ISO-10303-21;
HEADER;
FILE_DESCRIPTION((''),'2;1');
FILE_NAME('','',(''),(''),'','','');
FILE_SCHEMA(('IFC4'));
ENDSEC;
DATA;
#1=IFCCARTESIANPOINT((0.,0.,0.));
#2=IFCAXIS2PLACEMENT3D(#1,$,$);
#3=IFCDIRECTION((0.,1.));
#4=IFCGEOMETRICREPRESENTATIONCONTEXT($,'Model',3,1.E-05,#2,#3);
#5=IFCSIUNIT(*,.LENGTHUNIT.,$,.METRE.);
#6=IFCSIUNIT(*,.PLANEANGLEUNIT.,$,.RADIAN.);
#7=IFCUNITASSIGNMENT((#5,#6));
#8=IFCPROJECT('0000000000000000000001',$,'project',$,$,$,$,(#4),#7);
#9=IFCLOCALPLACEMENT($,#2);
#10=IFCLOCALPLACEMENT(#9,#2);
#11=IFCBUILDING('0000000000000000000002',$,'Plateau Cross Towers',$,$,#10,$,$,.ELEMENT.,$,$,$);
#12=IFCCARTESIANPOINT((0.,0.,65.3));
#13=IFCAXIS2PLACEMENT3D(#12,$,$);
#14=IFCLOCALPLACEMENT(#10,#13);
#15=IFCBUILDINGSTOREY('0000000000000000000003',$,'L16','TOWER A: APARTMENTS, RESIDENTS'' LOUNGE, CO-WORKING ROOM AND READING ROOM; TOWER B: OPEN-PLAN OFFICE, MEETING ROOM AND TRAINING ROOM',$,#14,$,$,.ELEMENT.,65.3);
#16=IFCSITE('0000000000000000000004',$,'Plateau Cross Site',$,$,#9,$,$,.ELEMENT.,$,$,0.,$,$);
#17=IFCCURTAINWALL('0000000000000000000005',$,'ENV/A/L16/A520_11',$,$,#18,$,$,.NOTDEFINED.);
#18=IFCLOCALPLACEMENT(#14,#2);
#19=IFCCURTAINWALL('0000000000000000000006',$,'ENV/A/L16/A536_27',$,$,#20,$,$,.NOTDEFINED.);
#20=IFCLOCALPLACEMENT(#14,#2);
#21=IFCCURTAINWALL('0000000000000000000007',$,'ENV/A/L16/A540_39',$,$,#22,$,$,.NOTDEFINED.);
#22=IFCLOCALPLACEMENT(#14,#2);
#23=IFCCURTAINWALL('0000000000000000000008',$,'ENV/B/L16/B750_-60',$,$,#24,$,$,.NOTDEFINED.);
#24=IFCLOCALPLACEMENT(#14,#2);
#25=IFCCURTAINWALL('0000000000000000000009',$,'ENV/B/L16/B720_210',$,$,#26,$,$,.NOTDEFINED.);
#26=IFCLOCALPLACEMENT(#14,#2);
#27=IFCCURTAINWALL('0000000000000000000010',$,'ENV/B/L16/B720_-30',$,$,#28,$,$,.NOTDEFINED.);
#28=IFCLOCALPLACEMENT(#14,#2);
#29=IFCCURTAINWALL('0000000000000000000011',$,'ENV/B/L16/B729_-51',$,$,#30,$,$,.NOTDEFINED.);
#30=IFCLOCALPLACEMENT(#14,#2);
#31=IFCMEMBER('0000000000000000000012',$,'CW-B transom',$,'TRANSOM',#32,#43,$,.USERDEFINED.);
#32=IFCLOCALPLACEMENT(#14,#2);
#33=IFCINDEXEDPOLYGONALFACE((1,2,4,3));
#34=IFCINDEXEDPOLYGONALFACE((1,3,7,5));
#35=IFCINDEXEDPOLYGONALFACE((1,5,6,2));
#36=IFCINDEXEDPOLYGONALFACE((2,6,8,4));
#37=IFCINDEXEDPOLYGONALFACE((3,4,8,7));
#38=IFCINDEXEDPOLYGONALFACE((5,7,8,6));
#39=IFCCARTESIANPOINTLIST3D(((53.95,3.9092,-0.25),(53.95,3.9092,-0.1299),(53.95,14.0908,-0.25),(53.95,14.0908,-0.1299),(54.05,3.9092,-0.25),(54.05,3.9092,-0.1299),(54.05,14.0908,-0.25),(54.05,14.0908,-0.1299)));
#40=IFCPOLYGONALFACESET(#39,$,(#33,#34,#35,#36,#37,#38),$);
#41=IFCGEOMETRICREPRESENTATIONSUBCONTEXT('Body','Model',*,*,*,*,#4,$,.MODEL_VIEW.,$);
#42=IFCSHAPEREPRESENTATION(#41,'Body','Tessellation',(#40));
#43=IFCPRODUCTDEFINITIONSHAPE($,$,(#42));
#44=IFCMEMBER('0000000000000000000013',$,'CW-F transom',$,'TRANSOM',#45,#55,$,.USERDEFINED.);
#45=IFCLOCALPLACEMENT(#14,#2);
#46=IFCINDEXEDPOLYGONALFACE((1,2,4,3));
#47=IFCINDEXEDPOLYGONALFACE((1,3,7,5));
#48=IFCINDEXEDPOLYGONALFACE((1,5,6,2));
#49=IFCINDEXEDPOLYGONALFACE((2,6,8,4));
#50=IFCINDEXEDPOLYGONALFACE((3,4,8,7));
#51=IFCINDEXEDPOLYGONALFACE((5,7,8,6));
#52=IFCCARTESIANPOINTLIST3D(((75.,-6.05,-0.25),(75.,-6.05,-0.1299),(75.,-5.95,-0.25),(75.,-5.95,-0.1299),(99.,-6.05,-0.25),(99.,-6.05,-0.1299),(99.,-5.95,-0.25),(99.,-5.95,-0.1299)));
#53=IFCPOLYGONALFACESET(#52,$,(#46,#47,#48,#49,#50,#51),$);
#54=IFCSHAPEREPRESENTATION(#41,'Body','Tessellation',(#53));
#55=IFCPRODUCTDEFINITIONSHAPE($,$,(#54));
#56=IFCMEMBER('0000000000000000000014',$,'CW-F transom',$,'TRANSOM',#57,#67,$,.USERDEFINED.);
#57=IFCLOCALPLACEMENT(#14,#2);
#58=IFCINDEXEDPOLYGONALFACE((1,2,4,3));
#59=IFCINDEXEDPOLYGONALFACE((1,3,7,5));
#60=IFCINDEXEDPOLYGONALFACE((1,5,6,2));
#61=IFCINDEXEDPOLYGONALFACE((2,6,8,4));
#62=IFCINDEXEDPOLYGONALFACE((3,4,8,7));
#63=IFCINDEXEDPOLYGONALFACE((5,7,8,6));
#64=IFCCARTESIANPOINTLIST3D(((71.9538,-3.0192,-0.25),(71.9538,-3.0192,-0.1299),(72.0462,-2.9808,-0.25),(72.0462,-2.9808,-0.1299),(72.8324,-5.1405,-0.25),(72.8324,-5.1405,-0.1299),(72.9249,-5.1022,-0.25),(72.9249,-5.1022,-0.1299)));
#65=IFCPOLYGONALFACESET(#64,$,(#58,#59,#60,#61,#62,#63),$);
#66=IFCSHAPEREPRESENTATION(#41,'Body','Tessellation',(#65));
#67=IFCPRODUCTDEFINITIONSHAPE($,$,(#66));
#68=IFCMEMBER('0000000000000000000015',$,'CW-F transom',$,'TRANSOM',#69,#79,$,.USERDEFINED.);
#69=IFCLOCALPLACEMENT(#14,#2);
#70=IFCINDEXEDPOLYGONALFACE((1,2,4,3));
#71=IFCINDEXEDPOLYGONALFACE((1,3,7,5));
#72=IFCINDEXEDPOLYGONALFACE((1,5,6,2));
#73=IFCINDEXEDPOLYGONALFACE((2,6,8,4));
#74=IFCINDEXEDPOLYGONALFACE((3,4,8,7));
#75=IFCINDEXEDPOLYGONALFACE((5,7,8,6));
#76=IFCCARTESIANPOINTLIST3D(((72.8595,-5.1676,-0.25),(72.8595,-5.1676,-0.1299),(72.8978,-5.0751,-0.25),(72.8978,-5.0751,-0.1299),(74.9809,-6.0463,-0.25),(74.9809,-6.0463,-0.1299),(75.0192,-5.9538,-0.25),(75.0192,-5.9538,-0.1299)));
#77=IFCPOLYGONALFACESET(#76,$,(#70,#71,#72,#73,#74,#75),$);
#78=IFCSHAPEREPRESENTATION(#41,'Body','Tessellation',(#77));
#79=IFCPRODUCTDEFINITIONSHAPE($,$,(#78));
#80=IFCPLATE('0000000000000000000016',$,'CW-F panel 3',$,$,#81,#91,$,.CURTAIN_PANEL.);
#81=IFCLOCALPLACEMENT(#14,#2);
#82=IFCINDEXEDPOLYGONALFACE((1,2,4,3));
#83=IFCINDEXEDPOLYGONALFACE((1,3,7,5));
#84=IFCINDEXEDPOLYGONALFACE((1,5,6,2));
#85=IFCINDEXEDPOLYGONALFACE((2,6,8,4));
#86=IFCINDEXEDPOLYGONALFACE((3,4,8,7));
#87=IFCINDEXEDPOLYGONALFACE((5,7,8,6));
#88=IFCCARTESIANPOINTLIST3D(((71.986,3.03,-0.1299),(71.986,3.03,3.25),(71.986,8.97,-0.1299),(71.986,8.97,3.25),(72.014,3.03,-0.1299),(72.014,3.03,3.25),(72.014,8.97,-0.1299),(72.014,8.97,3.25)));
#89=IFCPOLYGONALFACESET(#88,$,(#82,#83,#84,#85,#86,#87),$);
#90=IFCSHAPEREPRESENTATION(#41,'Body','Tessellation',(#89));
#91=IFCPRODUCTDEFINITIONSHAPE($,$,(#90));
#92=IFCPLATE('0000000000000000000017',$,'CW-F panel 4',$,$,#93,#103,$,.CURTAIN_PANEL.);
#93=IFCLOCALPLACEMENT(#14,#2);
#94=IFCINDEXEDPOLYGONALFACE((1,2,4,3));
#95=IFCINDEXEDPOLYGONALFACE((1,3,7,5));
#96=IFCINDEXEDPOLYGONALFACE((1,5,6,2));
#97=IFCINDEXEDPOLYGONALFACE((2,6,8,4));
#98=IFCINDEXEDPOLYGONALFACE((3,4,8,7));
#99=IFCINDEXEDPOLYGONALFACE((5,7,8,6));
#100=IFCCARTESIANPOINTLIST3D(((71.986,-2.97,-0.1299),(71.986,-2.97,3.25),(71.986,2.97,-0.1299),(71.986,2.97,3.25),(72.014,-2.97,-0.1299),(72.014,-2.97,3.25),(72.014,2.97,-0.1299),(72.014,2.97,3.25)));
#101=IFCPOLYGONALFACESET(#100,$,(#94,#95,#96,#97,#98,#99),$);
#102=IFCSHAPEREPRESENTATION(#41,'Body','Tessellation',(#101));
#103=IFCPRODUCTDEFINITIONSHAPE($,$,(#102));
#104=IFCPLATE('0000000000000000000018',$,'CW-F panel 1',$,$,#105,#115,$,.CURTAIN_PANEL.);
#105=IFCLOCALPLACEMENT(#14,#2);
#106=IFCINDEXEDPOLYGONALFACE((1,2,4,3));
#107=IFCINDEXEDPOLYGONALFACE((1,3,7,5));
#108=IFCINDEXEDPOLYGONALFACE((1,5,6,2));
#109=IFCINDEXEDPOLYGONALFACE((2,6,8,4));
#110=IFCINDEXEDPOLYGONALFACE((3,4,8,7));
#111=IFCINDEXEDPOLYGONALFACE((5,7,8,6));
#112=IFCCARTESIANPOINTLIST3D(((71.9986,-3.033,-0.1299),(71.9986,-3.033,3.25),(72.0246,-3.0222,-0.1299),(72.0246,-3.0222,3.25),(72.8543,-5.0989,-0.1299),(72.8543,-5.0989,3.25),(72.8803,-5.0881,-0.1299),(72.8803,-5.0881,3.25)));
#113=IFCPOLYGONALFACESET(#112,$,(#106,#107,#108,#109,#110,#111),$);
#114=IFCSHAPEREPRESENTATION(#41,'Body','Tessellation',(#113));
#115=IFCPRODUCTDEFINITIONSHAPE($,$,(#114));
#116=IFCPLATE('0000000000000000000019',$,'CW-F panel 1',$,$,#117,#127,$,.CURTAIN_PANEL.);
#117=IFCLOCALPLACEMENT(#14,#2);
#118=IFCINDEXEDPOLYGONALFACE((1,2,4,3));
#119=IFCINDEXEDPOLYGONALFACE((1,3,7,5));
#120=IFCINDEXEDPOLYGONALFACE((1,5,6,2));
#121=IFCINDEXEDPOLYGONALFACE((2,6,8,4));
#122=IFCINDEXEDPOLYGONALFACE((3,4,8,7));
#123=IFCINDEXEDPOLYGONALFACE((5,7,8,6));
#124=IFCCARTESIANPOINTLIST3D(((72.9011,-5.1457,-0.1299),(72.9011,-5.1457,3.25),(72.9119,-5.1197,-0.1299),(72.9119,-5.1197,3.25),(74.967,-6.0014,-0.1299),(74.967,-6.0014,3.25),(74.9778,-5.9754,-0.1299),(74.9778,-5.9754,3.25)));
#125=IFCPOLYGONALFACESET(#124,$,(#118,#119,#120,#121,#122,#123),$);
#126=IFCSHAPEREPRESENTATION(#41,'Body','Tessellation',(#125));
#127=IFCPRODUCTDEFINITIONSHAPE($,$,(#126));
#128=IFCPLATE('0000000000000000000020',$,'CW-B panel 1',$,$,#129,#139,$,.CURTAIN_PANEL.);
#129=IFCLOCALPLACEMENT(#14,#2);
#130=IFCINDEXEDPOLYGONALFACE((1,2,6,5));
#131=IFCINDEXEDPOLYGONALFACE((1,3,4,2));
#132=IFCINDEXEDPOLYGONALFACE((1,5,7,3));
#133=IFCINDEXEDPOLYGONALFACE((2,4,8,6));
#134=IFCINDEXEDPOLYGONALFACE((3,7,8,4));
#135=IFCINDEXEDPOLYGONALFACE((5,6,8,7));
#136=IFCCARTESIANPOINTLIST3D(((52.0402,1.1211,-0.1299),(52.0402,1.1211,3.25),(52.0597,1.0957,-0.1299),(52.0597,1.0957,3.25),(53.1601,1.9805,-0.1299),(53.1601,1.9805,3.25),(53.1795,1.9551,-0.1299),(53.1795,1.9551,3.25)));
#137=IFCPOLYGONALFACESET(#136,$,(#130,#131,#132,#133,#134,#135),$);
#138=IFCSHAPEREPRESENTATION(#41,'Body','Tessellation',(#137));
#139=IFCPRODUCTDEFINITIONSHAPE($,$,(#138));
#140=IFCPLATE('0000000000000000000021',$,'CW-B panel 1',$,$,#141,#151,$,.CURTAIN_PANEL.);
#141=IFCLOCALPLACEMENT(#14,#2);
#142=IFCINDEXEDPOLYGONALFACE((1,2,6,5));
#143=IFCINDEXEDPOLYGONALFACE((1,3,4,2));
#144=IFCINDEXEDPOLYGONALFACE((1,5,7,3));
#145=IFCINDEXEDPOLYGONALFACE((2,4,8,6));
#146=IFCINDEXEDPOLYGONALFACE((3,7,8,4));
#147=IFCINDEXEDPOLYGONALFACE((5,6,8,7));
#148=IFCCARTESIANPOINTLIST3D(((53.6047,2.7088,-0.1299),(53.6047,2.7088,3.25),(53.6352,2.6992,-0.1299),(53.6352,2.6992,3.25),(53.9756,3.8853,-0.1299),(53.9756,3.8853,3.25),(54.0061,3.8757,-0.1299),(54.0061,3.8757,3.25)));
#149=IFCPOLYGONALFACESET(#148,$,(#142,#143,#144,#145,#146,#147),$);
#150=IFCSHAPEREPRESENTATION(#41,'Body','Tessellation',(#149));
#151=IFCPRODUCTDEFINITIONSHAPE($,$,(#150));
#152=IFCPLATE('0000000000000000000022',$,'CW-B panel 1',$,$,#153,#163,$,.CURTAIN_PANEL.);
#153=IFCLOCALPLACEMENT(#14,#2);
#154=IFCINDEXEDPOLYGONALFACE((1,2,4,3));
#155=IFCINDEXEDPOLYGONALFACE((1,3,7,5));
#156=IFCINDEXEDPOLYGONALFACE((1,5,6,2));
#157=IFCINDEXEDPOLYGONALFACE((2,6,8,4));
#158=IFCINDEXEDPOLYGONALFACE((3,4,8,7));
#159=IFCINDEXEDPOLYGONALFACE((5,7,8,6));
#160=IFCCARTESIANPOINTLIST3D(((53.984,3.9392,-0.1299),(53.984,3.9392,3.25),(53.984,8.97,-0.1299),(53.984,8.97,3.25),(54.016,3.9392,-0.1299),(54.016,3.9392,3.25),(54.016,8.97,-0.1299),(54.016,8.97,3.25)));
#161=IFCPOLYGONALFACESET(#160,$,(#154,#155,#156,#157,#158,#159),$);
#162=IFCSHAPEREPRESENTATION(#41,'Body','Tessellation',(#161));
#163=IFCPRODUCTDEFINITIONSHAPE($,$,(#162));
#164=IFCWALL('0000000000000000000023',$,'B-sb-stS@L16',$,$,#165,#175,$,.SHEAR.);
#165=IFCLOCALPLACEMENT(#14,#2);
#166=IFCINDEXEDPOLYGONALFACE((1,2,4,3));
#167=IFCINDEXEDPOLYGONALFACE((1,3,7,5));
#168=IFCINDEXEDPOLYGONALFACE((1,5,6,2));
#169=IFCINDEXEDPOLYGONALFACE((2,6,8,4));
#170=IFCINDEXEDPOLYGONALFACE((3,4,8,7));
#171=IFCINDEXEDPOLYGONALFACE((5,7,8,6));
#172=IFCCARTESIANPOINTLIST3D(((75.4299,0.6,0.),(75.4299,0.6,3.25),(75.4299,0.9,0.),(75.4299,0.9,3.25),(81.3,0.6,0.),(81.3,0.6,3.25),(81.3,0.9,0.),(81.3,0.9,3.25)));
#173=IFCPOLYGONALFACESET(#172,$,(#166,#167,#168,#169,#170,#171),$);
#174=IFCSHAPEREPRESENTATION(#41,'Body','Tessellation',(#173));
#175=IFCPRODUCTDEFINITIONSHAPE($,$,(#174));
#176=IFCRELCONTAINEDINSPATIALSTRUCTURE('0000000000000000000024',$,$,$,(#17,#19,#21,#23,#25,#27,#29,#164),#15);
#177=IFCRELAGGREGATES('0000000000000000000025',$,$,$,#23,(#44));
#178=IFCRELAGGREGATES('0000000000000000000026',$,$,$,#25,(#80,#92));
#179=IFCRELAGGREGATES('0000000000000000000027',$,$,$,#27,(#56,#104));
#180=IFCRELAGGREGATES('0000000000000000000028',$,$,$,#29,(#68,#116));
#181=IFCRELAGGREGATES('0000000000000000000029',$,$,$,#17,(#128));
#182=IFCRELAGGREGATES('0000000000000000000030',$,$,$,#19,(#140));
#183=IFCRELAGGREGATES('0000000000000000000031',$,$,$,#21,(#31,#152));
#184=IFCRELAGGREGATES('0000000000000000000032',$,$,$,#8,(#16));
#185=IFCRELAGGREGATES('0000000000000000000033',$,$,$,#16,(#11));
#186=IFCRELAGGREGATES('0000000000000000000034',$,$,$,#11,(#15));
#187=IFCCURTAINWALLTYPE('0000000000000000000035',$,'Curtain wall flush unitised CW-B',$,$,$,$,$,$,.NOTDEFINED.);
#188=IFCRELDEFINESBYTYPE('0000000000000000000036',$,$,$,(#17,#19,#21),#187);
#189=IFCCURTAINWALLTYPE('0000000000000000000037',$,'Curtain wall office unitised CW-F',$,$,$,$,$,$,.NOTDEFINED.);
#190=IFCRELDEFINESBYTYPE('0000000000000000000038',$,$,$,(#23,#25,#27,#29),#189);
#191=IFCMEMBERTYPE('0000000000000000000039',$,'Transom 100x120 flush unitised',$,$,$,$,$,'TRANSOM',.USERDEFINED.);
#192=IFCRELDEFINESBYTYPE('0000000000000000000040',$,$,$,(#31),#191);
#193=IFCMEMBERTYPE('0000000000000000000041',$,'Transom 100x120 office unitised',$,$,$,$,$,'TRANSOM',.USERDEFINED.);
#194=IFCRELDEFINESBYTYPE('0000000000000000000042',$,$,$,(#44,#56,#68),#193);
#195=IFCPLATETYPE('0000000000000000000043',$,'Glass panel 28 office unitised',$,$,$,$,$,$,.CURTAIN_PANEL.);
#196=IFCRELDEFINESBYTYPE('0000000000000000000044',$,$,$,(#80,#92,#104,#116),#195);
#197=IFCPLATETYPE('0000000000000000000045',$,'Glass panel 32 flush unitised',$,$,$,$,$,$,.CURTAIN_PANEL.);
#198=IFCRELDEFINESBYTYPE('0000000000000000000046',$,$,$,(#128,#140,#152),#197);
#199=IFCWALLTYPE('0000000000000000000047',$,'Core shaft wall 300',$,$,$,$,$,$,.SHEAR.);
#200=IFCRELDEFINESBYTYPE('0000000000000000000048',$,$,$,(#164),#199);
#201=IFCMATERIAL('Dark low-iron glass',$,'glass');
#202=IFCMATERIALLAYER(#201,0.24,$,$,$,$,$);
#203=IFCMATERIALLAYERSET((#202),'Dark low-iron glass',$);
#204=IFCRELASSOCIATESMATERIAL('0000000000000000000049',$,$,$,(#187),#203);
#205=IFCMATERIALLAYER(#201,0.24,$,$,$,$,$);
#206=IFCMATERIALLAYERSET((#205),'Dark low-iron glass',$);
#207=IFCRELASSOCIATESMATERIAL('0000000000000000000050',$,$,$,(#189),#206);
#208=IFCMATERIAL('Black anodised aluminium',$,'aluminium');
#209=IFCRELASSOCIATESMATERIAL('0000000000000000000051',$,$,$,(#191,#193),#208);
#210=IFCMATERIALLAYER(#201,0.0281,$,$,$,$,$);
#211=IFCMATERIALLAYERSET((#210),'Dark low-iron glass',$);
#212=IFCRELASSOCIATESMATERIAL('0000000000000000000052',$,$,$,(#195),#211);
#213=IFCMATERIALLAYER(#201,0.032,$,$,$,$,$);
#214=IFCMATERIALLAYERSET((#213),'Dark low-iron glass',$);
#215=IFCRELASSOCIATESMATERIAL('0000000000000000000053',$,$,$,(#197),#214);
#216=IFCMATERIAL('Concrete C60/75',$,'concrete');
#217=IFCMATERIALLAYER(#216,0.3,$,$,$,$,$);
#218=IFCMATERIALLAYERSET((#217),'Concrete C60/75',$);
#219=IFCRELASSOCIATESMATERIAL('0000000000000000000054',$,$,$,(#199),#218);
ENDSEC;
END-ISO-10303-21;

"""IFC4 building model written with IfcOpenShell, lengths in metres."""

from ifc_helpers import new_model, si_unit, direction, frame, frame_2d, origin, origin_2d, place, context, subcontext, project, spatial, rectangle, extrude, material, layer, layer_set, material_profile, profile_set, type_object, element, aggregate, save


model = new_model("IFC4")

# Units and contexts
model_context = context("Model", 3, precision=1e-05, world=origin(), true_north=direction((0.0, 1.0)))
body_context = subcontext(model_context, "Body", "Model", "MODEL_VIEW")
ifc_project = project(units=[si_unit("LENGTHUNIT", "METRE"), si_unit("PLANEANGLEUNIT", "RADIAN")], contexts=[model_context])

# Site, building, storey
site_placement = place(None, origin())
site = spatial("IfcSite", under=ifc_project, at=site_placement, Name="Plateau Cross Site", CompositionType="ELEMENT", RefElevation=0.0)
building_placement = place(site_placement, origin())
building = spatial("IfcBuilding", under=site, at=building_placement, Name="Plateau Cross Towers", CompositionType="ELEMENT")
storey_placement = place(building_placement, frame((0.0, 0.0, 65.3)))
storey = spatial("IfcBuildingStorey", under=building, at=storey_placement, Name="L16", Description="TOWER A: APARTMENTS, RESIDENTS' LOUNGE, CO-WORKING ROOM AND READING ROOM; TOWER B: OPEN-PLAN OFFICE, MEETING ROOM AND TRAINING ROOM", CompositionType="ELEMENT", Elevation=65.3)

# Shared definitions
ifc_material_1 = material(Name="Concrete C60/75", Category="concrete")

# Curtain wall
ifc_material_2 = material(Name="Dark low-iron glass", Category="glass")
ifc_layer_1 = layer(ifc_material_2, 0.24)
ifc_layer_set_1 = layer_set([ifc_layer_1], Name="Dark low-iron glass")
curtain_wall_type_1 = type_object("IfcCurtainWallType", Name="Curtain wall flush unitised CW-B", PredefinedType="NOTDEFINED", material=ifc_layer_set_1)
curtain_wall_1_placement = place(storey_placement, origin())
curtain_wall_1 = element("IfcCurtainWall", 1, at=curtain_wall_1_placement, inside=storey, type_object=curtain_wall_type_1, Name="ENV/A/L16/A520_11", PredefinedType="NOTDEFINED")
ifc_material_3 = material(Name="Black anodised aluminium", Category="aluminium")

# Curtain walls
curtain_wall_2_placement = place(storey_placement, origin())
curtain_wall_2 = element("IfcCurtainWall", 2, at=curtain_wall_2_placement, inside=storey, type_object=curtain_wall_type_1, Name="ENV/A/L16/A536_27", PredefinedType="NOTDEFINED")
curtain_wall_3_placement = place(storey_placement, origin())
curtain_wall_3 = element("IfcCurtainWall", 3, at=curtain_wall_3_placement, inside=storey, type_object=curtain_wall_type_1, Name="ENV/A/L16/A540_39", PredefinedType="NOTDEFINED")
ifc_layer_2 = layer(ifc_material_2, 0.24)
ifc_layer_set_2 = layer_set([ifc_layer_2], Name="Dark low-iron glass")
curtain_wall_type_2 = type_object("IfcCurtainWallType", Name="Curtain wall office unitised CW-F", PredefinedType="NOTDEFINED", material=ifc_layer_set_2)
curtain_wall_4_placement = place(storey_placement, origin())
curtain_wall_4 = element("IfcCurtainWall", 4, at=curtain_wall_4_placement, inside=storey, type_object=curtain_wall_type_2, Name="ENV/B/L16/B750_-60", PredefinedType="NOTDEFINED")
curtain_wall_5_placement = place(storey_placement, origin())
curtain_wall_5 = element("IfcCurtainWall", 5, at=curtain_wall_5_placement, inside=storey, type_object=curtain_wall_type_2, Name="ENV/B/L16/B720_210", PredefinedType="NOTDEFINED")
curtain_wall_6_placement = place(storey_placement, origin())
curtain_wall_6 = element("IfcCurtainWall", 6, at=curtain_wall_6_placement, inside=storey, type_object=curtain_wall_type_2, Name="ENV/B/L16/B720_-30", PredefinedType="NOTDEFINED")
curtain_wall_7_placement = place(storey_placement, origin())
curtain_wall_7 = element("IfcCurtainWall", 7, at=curtain_wall_7_placement, inside=storey, type_object=curtain_wall_type_2, Name="ENV/B/L16/B729_-51", PredefinedType="NOTDEFINED")

# Members
ifc_material_profile_1 = material_profile(ifc_material_3, rectangle(XDim=0.1001, YDim=0.1201, at=origin_2d()), Name="TRANSOM 100x120")
ifc_profile_set_1 = profile_set([ifc_material_profile_1], Name="Black anodised aluminium")
member_type_1 = type_object("IfcMemberType", Name="Transom 100x120 flush unitised", ElementType="TRANSOM", PredefinedType="USERDEFINED", material=ifc_profile_set_1)
member_1_placement = place(storey_placement, frame((54.0, 3.9092, -0.1899), z_axis=(0.0, 1.0, 0.0), x_axis=(-1.0, 0.0, 0.0)))
member_1 = element("IfcMember", 8, at=member_1_placement, type_object=member_type_1, Name="CW-B transom", ObjectType="TRANSOM", PredefinedType="USERDEFINED", context=body_context, shape_type="SweptSolid", body=[
    extrude(rectangle(XDim=0.1001, YDim=0.1201, at=origin_2d()), origin(), (0.0, 0.0, 1.0), 10.1816),
])
ifc_material_profile_2 = material_profile(ifc_material_3, rectangle(XDim=0.1001, YDim=0.1201, at=origin_2d()), Name="TRANSOM 100x120")
ifc_profile_set_2 = profile_set([ifc_material_profile_2], Name="Black anodised aluminium")
member_type_2 = type_object("IfcMemberType", Name="Transom 100x120 office unitised", ElementType="TRANSOM", PredefinedType="USERDEFINED", material=ifc_profile_set_2)
member_2_placement = place(storey_placement, frame((75.0, -6.0, -0.1899), z_axis=(1.0, 0.0, 0.0), x_axis=(0.0, 1.0, 0.0)))
member_2 = element("IfcMember", 9, at=member_2_placement, type_object=member_type_2, Name="CW-F transom", ObjectType="TRANSOM", PredefinedType="USERDEFINED", context=body_context, shape_type="SweptSolid", body=[
    extrude(rectangle(XDim=0.1001, YDim=0.1201, at=origin_2d()), origin(), (0.0, 0.0, 1.0), 24.0),
])
aggregate(curtain_wall_4, [member_2])
member_3_placement = place(storey_placement, frame((72.0, -3.0, -0.1899), z_axis=(0.382674, -0.923883, 0.0), x_axis=(0.923883, 0.382674, 0.0)))
member_3 = element("IfcMember", 10, at=member_3_placement, type_object=member_type_2, Name="CW-F transom", ObjectType="TRANSOM", PredefinedType="USERDEFINED", context=body_context, shape_type="SweptSolid", body=[
    extrude(rectangle(XDim=0.1001, YDim=0.1201, at=origin_2d()), origin(), (0.0, 0.0, 1.0), 2.2961),
])
member_4_placement = place(storey_placement, frame((72.8787, -5.1213, -0.1899), z_axis=(0.923883, -0.382674, 0.0), x_axis=(0.382674, 0.923883, 0.0)))
member_4 = element("IfcMember", 11, at=member_4_placement, type_object=member_type_2, Name="CW-F transom", ObjectType="TRANSOM", PredefinedType="USERDEFINED", context=body_context, shape_type="SweptSolid", body=[
    extrude(rectangle(XDim=0.1001, YDim=0.1201, at=origin_2d()), origin(), (0.0, 0.0, 1.0), 2.2961),
])

# Plates
ifc_layer_3 = layer(ifc_material_2, 0.0281)
ifc_layer_set_3 = layer_set([ifc_layer_3], Name="Dark low-iron glass")
plate_type_1 = type_object("IfcPlateType", Name="Glass panel 28 office unitised", PredefinedType="CURTAIN_PANEL", material=ifc_layer_set_3)
plate_1_placement = place(storey_placement, frame((72.0, 6.0, -0.1299), z_axis=(0.0, 0.0, 1.0), x_axis=(0.0, -1.0, 0.0)))
plate_1 = element("IfcPlate", 12, at=plate_1_placement, type_object=plate_type_1, Name="CW-F panel 3", PredefinedType="CURTAIN_PANEL", context=body_context, shape_type="SweptSolid", body=[
    extrude(rectangle(XDim=5.9399, YDim=0.0281, at=origin_2d()), origin(), (0.0, 0.0, 1.0), 3.3799),
])
plate_2_placement = place(storey_placement, frame((72.0, 0.0, -0.1299), z_axis=(0.0, 0.0, 1.0), x_axis=(0.0, -1.0, 0.0)))
plate_2 = element("IfcPlate", 13, at=plate_2_placement, type_object=plate_type_1, Name="CW-F panel 4", PredefinedType="CURTAIN_PANEL", context=body_context, shape_type="SweptSolid", body=[
    extrude(rectangle(XDim=5.9399, YDim=0.0281, at=origin_2d()), origin(), (0.0, 0.0, 1.0), 3.3799),
])
aggregate(curtain_wall_5, [plate_1, plate_2])
plate_3_placement = place(storey_placement, frame((72.4395, -4.0605, -0.1299), z_axis=(0.0, 0.0, 1.0), x_axis=(0.382684, -0.923879, 0.0)))
plate_3 = element("IfcPlate", 14, at=plate_3_placement, type_object=plate_type_1, Name="CW-F panel 1", PredefinedType="CURTAIN_PANEL", context=body_context, shape_type="SweptSolid", body=[
    extrude(rectangle(XDim=2.2361, YDim=0.0281, at=origin_2d()), origin(), (0.0, 0.0, 1.0), 3.3799),
])
aggregate(curtain_wall_6, [member_3, plate_3])
plate_4_placement = place(storey_placement, frame((73.9395, -5.5605, -0.1299), z_axis=(0.0, 0.0, 1.0), x_axis=(0.923879, -0.382684, 0.0)))
plate_4 = element("IfcPlate", 15, at=plate_4_placement, type_object=plate_type_1, Name="CW-F panel 1", PredefinedType="CURTAIN_PANEL", context=body_context, shape_type="SweptSolid", body=[
    extrude(rectangle(XDim=2.2361, YDim=0.0281, at=origin_2d()), origin(), (0.0, 0.0, 1.0), 3.3799),
])
aggregate(curtain_wall_7, [member_4, plate_4])
ifc_layer_4 = layer(ifc_material_2, 0.032)
ifc_layer_set_4 = layer_set([ifc_layer_4], Name="Dark low-iron glass")
plate_type_2 = type_object("IfcPlateType", Name="Glass panel 32 flush unitised", PredefinedType="CURTAIN_PANEL", material=ifc_layer_set_4)
plate_5_placement = place(storey_placement, frame((52.6099, 1.5381, -0.1299), z_axis=(0.0, 0.0, 1.0), x_axis=(0.793316, 0.608811, 0.0)))
plate_5 = element("IfcPlate", 16, at=plate_5_placement, type_object=plate_type_2, Name="CW-B panel 1", PredefinedType="CURTAIN_PANEL", context=body_context, shape_type="SweptSolid", body=[
    extrude(rectangle(XDim=1.4116, YDim=0.032, at=origin_2d()), origin(), (0.0, 0.0, 1.0), 3.3799),
])
aggregate(curtain_wall_1, [plate_5])
plate_6_placement = place(storey_placement, frame((53.8054, 3.2922, -0.1299), z_axis=(0.0, 0.0, 1.0), x_axis=(0.300686, 0.953723, 0.0)))
plate_6 = element("IfcPlate", 17, at=plate_6_placement, type_object=plate_type_2, Name="CW-B panel 1", PredefinedType="CURTAIN_PANEL", context=body_context, shape_type="SweptSolid", body=[
    extrude(rectangle(XDim=1.2336, YDim=0.032, at=origin_2d()), origin(), (0.0, 0.0, 1.0), 3.3799),
])
aggregate(curtain_wall_2, [plate_6])
plate_7_placement = place(storey_placement, frame((54.0, 6.4546, -0.1299), z_axis=(0.0, 0.0, 1.0), x_axis=(0.0, 1.0, 0.0)))
plate_7 = element("IfcPlate", 18, at=plate_7_placement, type_object=plate_type_2, Name="CW-B panel 1", PredefinedType="CURTAIN_PANEL", context=body_context, shape_type="SweptSolid", body=[
    extrude(rectangle(XDim=5.0308, YDim=0.032, at=origin_2d()), origin(), (0.0, 0.0, 1.0), 3.3799),
])
aggregate(curtain_wall_3, [member_1, plate_7])

# Wall
ifc_layer_5 = layer(ifc_material_1, 0.3)
ifc_layer_set_5 = layer_set([ifc_layer_5], Name="Concrete C60/75")
wall_type_1 = type_object("IfcWallType", Name="Core shaft wall 300", PredefinedType="SHEAR", material=ifc_layer_set_5)
wall_1_placement = place(storey_placement, frame((75.4299, 0.75, 0.0), z_axis=(0.0, 0.0, 1.0), x_axis=(1.0, 0.0, 0.0)))
element("IfcWall", 19, at=wall_1_placement, inside=storey, type_object=wall_type_1, Name="B-sb-stS@L16", PredefinedType="SHEAR", context=body_context, shape_type="SweptSolid", body=[
    extrude(rectangle(XDim=5.8701, YDim=0.3, at=frame_2d((2.9351, 0.0))), origin(), (0.0, 0.0, 1.0), 3.25),
])

save(model, "model.ifc")
